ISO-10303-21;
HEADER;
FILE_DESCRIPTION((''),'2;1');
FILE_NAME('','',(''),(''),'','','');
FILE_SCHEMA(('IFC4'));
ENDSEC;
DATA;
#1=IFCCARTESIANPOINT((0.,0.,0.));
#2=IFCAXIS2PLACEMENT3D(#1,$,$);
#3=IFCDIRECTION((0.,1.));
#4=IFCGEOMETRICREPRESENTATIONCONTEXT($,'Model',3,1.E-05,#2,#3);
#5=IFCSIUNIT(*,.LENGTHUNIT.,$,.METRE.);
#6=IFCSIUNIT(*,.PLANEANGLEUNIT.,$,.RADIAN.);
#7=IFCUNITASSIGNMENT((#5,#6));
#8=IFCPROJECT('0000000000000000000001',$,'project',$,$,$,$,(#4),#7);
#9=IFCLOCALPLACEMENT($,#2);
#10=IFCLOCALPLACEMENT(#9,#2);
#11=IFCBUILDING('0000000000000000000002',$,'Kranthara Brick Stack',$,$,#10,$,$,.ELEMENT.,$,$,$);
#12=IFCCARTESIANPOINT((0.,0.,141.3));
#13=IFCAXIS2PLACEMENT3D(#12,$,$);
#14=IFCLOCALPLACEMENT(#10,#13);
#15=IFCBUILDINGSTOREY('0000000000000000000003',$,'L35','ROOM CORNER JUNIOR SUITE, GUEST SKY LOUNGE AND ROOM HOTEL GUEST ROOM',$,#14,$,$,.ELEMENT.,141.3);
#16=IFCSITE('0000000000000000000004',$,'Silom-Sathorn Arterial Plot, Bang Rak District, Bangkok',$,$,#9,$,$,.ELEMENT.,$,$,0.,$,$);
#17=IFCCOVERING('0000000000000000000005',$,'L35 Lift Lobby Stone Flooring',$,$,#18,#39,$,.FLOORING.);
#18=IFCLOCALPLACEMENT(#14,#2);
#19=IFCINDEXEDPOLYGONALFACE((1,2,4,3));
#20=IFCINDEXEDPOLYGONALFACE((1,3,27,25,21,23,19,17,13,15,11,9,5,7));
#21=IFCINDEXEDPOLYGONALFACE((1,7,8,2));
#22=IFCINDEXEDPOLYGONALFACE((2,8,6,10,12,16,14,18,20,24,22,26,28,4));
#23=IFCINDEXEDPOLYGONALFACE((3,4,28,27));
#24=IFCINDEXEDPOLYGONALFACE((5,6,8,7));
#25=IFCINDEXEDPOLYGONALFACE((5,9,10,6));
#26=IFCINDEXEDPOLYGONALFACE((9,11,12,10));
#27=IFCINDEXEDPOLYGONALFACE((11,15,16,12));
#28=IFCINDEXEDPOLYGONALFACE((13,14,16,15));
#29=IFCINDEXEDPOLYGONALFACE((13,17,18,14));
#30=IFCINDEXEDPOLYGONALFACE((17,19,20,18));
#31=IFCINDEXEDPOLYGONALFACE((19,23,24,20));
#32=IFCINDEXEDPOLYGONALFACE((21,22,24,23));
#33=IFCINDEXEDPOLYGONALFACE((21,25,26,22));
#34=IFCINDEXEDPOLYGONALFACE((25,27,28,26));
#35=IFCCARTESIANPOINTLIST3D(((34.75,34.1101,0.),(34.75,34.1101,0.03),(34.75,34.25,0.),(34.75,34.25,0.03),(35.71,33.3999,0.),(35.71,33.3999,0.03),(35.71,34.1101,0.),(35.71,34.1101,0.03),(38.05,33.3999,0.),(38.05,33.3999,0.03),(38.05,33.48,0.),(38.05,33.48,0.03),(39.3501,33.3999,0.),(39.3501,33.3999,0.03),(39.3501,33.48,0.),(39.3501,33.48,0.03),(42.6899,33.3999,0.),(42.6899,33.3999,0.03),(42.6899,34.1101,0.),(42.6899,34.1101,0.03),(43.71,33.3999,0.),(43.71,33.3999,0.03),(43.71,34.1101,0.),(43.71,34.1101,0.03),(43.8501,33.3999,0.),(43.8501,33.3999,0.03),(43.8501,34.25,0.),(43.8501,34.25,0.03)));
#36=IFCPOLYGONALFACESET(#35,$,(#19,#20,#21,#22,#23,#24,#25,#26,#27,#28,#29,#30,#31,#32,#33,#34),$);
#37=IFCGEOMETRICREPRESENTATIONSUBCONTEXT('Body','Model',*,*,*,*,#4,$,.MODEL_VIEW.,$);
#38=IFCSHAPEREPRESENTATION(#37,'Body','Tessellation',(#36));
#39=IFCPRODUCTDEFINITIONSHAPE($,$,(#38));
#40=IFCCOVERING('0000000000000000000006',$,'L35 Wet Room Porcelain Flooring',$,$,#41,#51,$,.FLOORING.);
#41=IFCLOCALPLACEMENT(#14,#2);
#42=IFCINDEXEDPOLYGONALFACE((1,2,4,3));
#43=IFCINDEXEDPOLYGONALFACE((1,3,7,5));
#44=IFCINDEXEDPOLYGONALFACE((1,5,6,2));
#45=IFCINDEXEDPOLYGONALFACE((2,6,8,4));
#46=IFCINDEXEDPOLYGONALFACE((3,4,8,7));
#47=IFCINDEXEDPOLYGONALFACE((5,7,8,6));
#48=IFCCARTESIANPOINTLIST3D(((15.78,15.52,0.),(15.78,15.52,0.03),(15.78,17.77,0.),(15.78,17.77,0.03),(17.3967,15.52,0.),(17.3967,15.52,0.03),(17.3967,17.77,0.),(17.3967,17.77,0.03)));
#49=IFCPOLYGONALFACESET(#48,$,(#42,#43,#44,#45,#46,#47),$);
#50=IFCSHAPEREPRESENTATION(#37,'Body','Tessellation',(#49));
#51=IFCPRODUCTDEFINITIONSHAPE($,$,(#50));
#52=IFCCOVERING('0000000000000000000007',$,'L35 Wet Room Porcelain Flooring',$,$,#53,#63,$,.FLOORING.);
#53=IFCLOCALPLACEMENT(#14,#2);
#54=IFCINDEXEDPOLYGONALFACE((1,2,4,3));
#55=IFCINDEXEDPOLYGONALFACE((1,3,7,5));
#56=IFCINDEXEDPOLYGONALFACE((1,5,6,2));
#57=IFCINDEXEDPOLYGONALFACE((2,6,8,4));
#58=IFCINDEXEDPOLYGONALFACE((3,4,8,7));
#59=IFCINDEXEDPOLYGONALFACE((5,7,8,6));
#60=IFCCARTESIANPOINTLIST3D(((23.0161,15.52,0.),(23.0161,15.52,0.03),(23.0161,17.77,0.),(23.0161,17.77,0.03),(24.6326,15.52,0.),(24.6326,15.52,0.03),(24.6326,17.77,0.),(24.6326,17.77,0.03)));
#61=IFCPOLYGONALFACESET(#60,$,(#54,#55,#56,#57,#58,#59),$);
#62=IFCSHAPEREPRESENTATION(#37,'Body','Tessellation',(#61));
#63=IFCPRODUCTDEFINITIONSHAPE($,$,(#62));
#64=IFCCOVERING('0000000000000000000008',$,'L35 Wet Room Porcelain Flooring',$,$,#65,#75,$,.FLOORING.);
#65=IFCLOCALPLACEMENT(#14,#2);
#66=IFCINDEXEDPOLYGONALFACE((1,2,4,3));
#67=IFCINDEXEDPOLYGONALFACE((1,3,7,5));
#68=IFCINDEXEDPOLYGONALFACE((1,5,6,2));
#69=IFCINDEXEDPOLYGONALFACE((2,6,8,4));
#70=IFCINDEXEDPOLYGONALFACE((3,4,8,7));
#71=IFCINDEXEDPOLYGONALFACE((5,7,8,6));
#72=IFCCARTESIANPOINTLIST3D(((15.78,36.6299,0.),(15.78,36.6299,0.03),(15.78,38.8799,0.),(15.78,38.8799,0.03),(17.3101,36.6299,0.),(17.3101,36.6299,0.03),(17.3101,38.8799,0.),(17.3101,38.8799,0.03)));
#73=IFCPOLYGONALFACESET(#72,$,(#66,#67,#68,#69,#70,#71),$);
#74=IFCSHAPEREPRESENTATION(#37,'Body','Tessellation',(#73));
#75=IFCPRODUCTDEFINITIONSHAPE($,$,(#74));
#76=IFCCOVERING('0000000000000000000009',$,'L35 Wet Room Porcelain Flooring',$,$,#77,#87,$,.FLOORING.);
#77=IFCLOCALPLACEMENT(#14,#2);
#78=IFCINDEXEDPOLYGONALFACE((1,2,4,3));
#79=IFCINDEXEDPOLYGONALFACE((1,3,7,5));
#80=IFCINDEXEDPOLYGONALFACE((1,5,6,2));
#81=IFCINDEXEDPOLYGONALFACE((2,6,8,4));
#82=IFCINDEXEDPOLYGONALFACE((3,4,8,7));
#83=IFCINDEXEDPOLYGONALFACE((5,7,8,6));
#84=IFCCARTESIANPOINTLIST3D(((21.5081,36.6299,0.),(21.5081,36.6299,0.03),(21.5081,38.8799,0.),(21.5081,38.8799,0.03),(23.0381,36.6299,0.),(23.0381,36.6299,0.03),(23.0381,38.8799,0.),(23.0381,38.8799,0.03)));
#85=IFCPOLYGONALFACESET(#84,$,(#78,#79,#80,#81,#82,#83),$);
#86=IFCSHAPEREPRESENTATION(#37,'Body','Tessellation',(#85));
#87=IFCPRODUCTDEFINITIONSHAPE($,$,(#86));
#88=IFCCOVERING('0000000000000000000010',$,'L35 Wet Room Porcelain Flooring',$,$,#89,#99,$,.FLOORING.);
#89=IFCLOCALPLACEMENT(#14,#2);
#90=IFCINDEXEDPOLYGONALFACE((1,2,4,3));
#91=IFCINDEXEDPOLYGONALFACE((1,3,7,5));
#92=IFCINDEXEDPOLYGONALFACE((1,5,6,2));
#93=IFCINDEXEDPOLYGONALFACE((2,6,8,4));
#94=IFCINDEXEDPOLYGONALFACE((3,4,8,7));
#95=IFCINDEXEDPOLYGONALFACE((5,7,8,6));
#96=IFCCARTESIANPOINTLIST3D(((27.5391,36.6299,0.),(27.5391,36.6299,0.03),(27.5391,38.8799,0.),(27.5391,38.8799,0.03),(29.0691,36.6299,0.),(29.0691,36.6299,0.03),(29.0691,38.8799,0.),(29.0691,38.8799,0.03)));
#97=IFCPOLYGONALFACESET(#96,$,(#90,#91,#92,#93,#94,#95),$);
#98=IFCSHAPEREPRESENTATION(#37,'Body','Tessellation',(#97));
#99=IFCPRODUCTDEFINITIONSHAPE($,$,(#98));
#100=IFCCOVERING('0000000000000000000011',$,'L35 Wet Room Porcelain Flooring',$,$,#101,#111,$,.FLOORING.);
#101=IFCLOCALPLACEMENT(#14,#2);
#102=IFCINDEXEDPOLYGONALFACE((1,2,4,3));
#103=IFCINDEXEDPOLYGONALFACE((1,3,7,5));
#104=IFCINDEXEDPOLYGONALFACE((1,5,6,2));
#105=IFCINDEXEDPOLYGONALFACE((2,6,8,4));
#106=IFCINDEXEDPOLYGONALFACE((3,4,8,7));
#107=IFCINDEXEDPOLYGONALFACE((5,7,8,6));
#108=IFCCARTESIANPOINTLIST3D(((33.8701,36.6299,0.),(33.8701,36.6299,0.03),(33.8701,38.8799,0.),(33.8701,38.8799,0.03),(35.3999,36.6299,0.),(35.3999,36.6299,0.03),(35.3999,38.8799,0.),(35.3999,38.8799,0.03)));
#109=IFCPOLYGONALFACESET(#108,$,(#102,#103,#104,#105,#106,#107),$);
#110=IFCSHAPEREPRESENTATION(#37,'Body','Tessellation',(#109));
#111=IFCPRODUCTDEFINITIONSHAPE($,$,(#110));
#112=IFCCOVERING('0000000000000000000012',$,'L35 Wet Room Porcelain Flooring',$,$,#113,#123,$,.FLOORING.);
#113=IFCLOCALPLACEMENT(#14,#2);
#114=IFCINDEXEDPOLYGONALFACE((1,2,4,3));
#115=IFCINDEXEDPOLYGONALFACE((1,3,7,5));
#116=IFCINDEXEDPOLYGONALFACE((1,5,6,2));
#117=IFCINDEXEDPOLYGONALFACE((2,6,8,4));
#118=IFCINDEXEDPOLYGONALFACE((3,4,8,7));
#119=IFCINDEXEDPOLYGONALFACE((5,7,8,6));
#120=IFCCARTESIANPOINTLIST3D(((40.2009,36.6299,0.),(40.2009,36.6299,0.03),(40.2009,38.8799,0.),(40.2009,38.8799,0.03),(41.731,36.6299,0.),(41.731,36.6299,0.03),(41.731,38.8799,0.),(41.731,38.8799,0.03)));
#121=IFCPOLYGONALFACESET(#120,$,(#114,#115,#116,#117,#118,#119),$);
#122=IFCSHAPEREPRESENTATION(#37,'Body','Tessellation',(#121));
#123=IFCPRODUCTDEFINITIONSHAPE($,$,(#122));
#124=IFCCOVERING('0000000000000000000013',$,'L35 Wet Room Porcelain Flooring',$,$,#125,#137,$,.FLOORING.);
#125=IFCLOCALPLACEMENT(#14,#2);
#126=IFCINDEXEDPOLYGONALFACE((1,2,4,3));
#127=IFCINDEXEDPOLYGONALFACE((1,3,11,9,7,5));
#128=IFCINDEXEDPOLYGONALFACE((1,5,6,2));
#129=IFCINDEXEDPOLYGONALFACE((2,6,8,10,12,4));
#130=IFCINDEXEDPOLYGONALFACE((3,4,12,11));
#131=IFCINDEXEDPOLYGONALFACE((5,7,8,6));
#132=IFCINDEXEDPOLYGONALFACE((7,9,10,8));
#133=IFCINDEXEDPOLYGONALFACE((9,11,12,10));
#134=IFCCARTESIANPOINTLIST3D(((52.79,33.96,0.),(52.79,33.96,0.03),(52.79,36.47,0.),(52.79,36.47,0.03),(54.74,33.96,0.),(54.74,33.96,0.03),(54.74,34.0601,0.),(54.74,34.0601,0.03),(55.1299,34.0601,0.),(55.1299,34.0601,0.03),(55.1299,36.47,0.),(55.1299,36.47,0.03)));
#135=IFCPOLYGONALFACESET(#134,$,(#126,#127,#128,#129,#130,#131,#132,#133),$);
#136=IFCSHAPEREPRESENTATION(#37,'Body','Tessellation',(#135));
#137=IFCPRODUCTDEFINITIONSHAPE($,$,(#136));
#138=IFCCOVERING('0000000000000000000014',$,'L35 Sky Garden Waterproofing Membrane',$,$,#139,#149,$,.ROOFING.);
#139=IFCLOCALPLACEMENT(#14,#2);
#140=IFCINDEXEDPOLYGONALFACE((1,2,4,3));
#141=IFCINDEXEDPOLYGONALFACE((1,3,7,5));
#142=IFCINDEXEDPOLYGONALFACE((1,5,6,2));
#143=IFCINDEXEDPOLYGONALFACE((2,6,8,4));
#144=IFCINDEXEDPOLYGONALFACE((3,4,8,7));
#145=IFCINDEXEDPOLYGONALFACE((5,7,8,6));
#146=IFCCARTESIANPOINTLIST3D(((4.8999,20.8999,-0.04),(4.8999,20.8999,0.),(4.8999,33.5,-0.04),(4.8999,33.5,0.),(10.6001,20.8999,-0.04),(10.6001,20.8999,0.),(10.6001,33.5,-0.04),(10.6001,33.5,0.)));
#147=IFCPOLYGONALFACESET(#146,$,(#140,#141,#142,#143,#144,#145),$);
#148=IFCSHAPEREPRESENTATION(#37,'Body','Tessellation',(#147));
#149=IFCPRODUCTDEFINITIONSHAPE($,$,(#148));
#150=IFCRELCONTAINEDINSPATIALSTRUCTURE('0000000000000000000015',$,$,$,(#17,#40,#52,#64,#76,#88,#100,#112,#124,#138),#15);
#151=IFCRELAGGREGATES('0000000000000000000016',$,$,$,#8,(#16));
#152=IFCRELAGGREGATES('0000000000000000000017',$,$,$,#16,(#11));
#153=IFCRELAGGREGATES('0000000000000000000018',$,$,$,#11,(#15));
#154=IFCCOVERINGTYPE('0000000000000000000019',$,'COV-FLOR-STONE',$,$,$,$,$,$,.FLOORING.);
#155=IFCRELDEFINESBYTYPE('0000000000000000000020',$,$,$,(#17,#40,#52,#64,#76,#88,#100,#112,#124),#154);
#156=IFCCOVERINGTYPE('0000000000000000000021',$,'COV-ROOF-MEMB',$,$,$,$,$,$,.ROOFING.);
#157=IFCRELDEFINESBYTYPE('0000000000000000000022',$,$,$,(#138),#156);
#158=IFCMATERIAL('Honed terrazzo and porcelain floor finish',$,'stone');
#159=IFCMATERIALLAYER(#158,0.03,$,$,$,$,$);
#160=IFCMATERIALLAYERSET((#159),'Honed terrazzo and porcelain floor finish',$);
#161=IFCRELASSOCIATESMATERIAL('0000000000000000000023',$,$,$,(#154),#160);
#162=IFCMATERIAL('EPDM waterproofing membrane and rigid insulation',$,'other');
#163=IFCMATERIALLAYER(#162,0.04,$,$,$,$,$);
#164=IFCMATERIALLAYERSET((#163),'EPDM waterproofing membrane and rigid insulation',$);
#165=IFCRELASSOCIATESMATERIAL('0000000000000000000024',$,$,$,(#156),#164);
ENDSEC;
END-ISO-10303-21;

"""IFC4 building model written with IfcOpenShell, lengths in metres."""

from ifc_helpers import new_model, si_unit, direction, frame, origin, place, context, subcontext, project, spatial, polyline, outline, extrude, material, layer, layer_set, type_object, element, save


model = new_model("IFC4")

# Units and contexts
model_context = context("Model", 3, precision=1e-05, world=origin(), true_north=direction((0.0, 1.0)))
body_context = subcontext(model_context, "Body", "Model", "MODEL_VIEW")
ifc_project = project(units=[si_unit("LENGTHUNIT", "METRE"), si_unit("PLANEANGLEUNIT", "RADIAN")], contexts=[model_context])

# Site, building, storey
site_placement = place(None, origin())
site = spatial("IfcSite", under=ifc_project, at=site_placement, Name="Silom-Sathorn Arterial Plot, Bang Rak District, Bangkok", CompositionType="ELEMENT", RefElevation=0.0)
building_placement = place(site_placement, origin())
building = spatial("IfcBuilding", under=site, at=building_placement, Name="Kranthara Brick Stack", CompositionType="ELEMENT")
storey_placement = place(building_placement, frame((0.0, 0.0, 141.3)))
storey = spatial("IfcBuildingStorey", under=building, at=storey_placement, Name="L35", Description="ROOM CORNER JUNIOR SUITE, GUEST SKY LOUNGE AND ROOM HOTEL GUEST ROOM", CompositionType="ELEMENT", Elevation=141.3)

# Coverings
ifc_material_1 = material(Name="Honed terrazzo and porcelain floor finish", Category="stone")
ifc_layer_1 = layer(ifc_material_1, 0.03)
ifc_layer_set_1 = layer_set([ifc_layer_1], Name="Honed terrazzo and porcelain floor finish")
covering_type_1 = type_object("IfcCoveringType", Name="COV-FLOR-STONE", PredefinedType="FLOORING", material=ifc_layer_set_1)
covering_1_placement = place(storey_placement, origin())
element("IfcCovering", 1, at=covering_1_placement, inside=storey, type_object=covering_type_1, Name="L35 Lift Lobby Stone Flooring", PredefinedType="FLOORING", context=body_context, shape_type="SweptSolid", body=[
    extrude(outline(polyline([(43.71, 33.3999), (43.71, 34.1101), (42.6899, 34.1101), (42.6899, 33.3999), (39.3501, 33.3999), (39.3501, 33.48), (38.05, 33.48), (38.05, 33.3999), (35.71, 33.3999), (35.71, 34.1101), (34.75, 34.1101), (34.75, 34.25), (43.8501, 34.25), (43.8501, 33.3999), (43.71, 33.3999)])), origin(), (0.0, 0.0, 1.0), 0.03),
])
covering_2_placement = place(storey_placement, origin())
element("IfcCovering", 2, at=covering_2_placement, inside=storey, type_object=covering_type_1, Name="L35 Wet Room Porcelain Flooring", PredefinedType="FLOORING", context=body_context, shape_type="SweptSolid", body=[
    extrude(outline(polyline([(15.78, 15.52), (15.78, 17.77), (17.3967, 17.77), (17.3967, 15.52), (15.78, 15.52)])), origin(), (0.0, 0.0, 1.0), 0.03),
])
covering_3_placement = place(storey_placement, origin())
element("IfcCovering", 3, at=covering_3_placement, inside=storey, type_object=covering_type_1, Name="L35 Wet Room Porcelain Flooring", PredefinedType="FLOORING", context=body_context, shape_type="SweptSolid", body=[
    extrude(outline(polyline([(23.0161, 15.52), (23.0161, 17.77), (24.6326, 17.77), (24.6326, 15.52), (23.0161, 15.52)])), origin(), (0.0, 0.0, 1.0), 0.03),
])
covering_4_placement = place(storey_placement, origin())
element("IfcCovering", 4, at=covering_4_placement, inside=storey, type_object=covering_type_1, Name="L35 Wet Room Porcelain Flooring", PredefinedType="FLOORING", context=body_context, shape_type="SweptSolid", body=[
    extrude(outline(polyline([(15.78, 36.6299), (15.78, 38.8799), (17.3101, 38.8799), (17.3101, 36.6299), (15.78, 36.6299)])), origin(), (0.0, 0.0, 1.0), 0.03),
])
covering_5_placement = place(storey_placement, origin())
element("IfcCovering", 5, at=covering_5_placement, inside=storey, type_object=covering_type_1, Name="L35 Wet Room Porcelain Flooring", PredefinedType="FLOORING", context=body_context, shape_type="SweptSolid", body=[
    extrude(outline(polyline([(21.5081, 36.6299), (21.5081, 38.8799), (23.0381, 38.8799), (23.0381, 36.6299), (21.5081, 36.6299)])), origin(), (0.0, 0.0, 1.0), 0.03),
])
covering_6_placement = place(storey_placement, origin())
element("IfcCovering", 6, at=covering_6_placement, inside=storey, type_object=covering_type_1, Name="L35 Wet Room Porcelain Flooring", PredefinedType="FLOORING", context=body_context, shape_type="SweptSolid", body=[
    extrude(outline(polyline([(27.5391, 36.6299), (27.5391, 38.8799), (29.0691, 38.8799), (29.0691, 36.6299), (27.5391, 36.6299)])), origin(), (0.0, 0.0, 1.0), 0.03),
])
covering_7_placement = place(storey_placement, origin())
element("IfcCovering", 7, at=covering_7_placement, inside=storey, type_object=covering_type_1, Name="L35 Wet Room Porcelain Flooring", PredefinedType="FLOORING", context=body_context, shape_type="SweptSolid", body=[
    extrude(outline(polyline([(33.8701, 36.6299), (33.8701, 38.8799), (35.3999, 38.8799), (35.3999, 36.6299), (33.8701, 36.6299)])), origin(), (0.0, 0.0, 1.0), 0.03),
])
covering_8_placement = place(storey_placement, origin())
element("IfcCovering", 8, at=covering_8_placement, inside=storey, type_object=covering_type_1, Name="L35 Wet Room Porcelain Flooring", PredefinedType="FLOORING", context=body_context, shape_type="SweptSolid", body=[
    extrude(outline(polyline([(40.2009, 36.6299), (40.2009, 38.8799), (41.731, 38.8799), (41.731, 36.6299), (40.2009, 36.6299)])), origin(), (0.0, 0.0, 1.0), 0.03),
])
covering_9_placement = place(storey_placement, origin())
element("IfcCovering", 9, at=covering_9_placement, inside=storey, type_object=covering_type_1, Name="L35 Wet Room Porcelain Flooring", PredefinedType="FLOORING", context=body_context, shape_type="SweptSolid", body=[
    extrude(outline(polyline([(52.79, 36.47), (55.1299, 36.47), (55.1299, 34.0601), (54.74, 34.0601), (54.74, 33.96), (52.79, 33.96), (52.79, 36.47)])), origin(), (0.0, 0.0, 1.0), 0.03),
])
ifc_material_2 = material(Name="EPDM waterproofing membrane and rigid insulation", Category="other")
ifc_layer_2 = layer(ifc_material_2, 0.04)
ifc_layer_set_2 = layer_set([ifc_layer_2], Name="EPDM waterproofing membrane and rigid insulation")
covering_type_2 = type_object("IfcCoveringType", Name="COV-ROOF-MEMB", PredefinedType="ROOFING", material=ifc_layer_set_2)
covering_10_placement = place(storey_placement, frame((0.0, 0.0, -0.04)))
element("IfcCovering", 10, at=covering_10_placement, inside=storey, type_object=covering_type_2, Name="L35 Sky Garden Waterproofing Membrane", PredefinedType="ROOFING", context=body_context, shape_type="SweptSolid", body=[
    extrude(outline(polyline([(4.8999, 20.8999), (10.6001, 20.8999), (10.6001, 33.5), (4.8999, 33.5), (4.8999, 20.8999)])), origin(), (0.0, 0.0, 1.0), 0.04),
])

save(model, "model.ifc")
